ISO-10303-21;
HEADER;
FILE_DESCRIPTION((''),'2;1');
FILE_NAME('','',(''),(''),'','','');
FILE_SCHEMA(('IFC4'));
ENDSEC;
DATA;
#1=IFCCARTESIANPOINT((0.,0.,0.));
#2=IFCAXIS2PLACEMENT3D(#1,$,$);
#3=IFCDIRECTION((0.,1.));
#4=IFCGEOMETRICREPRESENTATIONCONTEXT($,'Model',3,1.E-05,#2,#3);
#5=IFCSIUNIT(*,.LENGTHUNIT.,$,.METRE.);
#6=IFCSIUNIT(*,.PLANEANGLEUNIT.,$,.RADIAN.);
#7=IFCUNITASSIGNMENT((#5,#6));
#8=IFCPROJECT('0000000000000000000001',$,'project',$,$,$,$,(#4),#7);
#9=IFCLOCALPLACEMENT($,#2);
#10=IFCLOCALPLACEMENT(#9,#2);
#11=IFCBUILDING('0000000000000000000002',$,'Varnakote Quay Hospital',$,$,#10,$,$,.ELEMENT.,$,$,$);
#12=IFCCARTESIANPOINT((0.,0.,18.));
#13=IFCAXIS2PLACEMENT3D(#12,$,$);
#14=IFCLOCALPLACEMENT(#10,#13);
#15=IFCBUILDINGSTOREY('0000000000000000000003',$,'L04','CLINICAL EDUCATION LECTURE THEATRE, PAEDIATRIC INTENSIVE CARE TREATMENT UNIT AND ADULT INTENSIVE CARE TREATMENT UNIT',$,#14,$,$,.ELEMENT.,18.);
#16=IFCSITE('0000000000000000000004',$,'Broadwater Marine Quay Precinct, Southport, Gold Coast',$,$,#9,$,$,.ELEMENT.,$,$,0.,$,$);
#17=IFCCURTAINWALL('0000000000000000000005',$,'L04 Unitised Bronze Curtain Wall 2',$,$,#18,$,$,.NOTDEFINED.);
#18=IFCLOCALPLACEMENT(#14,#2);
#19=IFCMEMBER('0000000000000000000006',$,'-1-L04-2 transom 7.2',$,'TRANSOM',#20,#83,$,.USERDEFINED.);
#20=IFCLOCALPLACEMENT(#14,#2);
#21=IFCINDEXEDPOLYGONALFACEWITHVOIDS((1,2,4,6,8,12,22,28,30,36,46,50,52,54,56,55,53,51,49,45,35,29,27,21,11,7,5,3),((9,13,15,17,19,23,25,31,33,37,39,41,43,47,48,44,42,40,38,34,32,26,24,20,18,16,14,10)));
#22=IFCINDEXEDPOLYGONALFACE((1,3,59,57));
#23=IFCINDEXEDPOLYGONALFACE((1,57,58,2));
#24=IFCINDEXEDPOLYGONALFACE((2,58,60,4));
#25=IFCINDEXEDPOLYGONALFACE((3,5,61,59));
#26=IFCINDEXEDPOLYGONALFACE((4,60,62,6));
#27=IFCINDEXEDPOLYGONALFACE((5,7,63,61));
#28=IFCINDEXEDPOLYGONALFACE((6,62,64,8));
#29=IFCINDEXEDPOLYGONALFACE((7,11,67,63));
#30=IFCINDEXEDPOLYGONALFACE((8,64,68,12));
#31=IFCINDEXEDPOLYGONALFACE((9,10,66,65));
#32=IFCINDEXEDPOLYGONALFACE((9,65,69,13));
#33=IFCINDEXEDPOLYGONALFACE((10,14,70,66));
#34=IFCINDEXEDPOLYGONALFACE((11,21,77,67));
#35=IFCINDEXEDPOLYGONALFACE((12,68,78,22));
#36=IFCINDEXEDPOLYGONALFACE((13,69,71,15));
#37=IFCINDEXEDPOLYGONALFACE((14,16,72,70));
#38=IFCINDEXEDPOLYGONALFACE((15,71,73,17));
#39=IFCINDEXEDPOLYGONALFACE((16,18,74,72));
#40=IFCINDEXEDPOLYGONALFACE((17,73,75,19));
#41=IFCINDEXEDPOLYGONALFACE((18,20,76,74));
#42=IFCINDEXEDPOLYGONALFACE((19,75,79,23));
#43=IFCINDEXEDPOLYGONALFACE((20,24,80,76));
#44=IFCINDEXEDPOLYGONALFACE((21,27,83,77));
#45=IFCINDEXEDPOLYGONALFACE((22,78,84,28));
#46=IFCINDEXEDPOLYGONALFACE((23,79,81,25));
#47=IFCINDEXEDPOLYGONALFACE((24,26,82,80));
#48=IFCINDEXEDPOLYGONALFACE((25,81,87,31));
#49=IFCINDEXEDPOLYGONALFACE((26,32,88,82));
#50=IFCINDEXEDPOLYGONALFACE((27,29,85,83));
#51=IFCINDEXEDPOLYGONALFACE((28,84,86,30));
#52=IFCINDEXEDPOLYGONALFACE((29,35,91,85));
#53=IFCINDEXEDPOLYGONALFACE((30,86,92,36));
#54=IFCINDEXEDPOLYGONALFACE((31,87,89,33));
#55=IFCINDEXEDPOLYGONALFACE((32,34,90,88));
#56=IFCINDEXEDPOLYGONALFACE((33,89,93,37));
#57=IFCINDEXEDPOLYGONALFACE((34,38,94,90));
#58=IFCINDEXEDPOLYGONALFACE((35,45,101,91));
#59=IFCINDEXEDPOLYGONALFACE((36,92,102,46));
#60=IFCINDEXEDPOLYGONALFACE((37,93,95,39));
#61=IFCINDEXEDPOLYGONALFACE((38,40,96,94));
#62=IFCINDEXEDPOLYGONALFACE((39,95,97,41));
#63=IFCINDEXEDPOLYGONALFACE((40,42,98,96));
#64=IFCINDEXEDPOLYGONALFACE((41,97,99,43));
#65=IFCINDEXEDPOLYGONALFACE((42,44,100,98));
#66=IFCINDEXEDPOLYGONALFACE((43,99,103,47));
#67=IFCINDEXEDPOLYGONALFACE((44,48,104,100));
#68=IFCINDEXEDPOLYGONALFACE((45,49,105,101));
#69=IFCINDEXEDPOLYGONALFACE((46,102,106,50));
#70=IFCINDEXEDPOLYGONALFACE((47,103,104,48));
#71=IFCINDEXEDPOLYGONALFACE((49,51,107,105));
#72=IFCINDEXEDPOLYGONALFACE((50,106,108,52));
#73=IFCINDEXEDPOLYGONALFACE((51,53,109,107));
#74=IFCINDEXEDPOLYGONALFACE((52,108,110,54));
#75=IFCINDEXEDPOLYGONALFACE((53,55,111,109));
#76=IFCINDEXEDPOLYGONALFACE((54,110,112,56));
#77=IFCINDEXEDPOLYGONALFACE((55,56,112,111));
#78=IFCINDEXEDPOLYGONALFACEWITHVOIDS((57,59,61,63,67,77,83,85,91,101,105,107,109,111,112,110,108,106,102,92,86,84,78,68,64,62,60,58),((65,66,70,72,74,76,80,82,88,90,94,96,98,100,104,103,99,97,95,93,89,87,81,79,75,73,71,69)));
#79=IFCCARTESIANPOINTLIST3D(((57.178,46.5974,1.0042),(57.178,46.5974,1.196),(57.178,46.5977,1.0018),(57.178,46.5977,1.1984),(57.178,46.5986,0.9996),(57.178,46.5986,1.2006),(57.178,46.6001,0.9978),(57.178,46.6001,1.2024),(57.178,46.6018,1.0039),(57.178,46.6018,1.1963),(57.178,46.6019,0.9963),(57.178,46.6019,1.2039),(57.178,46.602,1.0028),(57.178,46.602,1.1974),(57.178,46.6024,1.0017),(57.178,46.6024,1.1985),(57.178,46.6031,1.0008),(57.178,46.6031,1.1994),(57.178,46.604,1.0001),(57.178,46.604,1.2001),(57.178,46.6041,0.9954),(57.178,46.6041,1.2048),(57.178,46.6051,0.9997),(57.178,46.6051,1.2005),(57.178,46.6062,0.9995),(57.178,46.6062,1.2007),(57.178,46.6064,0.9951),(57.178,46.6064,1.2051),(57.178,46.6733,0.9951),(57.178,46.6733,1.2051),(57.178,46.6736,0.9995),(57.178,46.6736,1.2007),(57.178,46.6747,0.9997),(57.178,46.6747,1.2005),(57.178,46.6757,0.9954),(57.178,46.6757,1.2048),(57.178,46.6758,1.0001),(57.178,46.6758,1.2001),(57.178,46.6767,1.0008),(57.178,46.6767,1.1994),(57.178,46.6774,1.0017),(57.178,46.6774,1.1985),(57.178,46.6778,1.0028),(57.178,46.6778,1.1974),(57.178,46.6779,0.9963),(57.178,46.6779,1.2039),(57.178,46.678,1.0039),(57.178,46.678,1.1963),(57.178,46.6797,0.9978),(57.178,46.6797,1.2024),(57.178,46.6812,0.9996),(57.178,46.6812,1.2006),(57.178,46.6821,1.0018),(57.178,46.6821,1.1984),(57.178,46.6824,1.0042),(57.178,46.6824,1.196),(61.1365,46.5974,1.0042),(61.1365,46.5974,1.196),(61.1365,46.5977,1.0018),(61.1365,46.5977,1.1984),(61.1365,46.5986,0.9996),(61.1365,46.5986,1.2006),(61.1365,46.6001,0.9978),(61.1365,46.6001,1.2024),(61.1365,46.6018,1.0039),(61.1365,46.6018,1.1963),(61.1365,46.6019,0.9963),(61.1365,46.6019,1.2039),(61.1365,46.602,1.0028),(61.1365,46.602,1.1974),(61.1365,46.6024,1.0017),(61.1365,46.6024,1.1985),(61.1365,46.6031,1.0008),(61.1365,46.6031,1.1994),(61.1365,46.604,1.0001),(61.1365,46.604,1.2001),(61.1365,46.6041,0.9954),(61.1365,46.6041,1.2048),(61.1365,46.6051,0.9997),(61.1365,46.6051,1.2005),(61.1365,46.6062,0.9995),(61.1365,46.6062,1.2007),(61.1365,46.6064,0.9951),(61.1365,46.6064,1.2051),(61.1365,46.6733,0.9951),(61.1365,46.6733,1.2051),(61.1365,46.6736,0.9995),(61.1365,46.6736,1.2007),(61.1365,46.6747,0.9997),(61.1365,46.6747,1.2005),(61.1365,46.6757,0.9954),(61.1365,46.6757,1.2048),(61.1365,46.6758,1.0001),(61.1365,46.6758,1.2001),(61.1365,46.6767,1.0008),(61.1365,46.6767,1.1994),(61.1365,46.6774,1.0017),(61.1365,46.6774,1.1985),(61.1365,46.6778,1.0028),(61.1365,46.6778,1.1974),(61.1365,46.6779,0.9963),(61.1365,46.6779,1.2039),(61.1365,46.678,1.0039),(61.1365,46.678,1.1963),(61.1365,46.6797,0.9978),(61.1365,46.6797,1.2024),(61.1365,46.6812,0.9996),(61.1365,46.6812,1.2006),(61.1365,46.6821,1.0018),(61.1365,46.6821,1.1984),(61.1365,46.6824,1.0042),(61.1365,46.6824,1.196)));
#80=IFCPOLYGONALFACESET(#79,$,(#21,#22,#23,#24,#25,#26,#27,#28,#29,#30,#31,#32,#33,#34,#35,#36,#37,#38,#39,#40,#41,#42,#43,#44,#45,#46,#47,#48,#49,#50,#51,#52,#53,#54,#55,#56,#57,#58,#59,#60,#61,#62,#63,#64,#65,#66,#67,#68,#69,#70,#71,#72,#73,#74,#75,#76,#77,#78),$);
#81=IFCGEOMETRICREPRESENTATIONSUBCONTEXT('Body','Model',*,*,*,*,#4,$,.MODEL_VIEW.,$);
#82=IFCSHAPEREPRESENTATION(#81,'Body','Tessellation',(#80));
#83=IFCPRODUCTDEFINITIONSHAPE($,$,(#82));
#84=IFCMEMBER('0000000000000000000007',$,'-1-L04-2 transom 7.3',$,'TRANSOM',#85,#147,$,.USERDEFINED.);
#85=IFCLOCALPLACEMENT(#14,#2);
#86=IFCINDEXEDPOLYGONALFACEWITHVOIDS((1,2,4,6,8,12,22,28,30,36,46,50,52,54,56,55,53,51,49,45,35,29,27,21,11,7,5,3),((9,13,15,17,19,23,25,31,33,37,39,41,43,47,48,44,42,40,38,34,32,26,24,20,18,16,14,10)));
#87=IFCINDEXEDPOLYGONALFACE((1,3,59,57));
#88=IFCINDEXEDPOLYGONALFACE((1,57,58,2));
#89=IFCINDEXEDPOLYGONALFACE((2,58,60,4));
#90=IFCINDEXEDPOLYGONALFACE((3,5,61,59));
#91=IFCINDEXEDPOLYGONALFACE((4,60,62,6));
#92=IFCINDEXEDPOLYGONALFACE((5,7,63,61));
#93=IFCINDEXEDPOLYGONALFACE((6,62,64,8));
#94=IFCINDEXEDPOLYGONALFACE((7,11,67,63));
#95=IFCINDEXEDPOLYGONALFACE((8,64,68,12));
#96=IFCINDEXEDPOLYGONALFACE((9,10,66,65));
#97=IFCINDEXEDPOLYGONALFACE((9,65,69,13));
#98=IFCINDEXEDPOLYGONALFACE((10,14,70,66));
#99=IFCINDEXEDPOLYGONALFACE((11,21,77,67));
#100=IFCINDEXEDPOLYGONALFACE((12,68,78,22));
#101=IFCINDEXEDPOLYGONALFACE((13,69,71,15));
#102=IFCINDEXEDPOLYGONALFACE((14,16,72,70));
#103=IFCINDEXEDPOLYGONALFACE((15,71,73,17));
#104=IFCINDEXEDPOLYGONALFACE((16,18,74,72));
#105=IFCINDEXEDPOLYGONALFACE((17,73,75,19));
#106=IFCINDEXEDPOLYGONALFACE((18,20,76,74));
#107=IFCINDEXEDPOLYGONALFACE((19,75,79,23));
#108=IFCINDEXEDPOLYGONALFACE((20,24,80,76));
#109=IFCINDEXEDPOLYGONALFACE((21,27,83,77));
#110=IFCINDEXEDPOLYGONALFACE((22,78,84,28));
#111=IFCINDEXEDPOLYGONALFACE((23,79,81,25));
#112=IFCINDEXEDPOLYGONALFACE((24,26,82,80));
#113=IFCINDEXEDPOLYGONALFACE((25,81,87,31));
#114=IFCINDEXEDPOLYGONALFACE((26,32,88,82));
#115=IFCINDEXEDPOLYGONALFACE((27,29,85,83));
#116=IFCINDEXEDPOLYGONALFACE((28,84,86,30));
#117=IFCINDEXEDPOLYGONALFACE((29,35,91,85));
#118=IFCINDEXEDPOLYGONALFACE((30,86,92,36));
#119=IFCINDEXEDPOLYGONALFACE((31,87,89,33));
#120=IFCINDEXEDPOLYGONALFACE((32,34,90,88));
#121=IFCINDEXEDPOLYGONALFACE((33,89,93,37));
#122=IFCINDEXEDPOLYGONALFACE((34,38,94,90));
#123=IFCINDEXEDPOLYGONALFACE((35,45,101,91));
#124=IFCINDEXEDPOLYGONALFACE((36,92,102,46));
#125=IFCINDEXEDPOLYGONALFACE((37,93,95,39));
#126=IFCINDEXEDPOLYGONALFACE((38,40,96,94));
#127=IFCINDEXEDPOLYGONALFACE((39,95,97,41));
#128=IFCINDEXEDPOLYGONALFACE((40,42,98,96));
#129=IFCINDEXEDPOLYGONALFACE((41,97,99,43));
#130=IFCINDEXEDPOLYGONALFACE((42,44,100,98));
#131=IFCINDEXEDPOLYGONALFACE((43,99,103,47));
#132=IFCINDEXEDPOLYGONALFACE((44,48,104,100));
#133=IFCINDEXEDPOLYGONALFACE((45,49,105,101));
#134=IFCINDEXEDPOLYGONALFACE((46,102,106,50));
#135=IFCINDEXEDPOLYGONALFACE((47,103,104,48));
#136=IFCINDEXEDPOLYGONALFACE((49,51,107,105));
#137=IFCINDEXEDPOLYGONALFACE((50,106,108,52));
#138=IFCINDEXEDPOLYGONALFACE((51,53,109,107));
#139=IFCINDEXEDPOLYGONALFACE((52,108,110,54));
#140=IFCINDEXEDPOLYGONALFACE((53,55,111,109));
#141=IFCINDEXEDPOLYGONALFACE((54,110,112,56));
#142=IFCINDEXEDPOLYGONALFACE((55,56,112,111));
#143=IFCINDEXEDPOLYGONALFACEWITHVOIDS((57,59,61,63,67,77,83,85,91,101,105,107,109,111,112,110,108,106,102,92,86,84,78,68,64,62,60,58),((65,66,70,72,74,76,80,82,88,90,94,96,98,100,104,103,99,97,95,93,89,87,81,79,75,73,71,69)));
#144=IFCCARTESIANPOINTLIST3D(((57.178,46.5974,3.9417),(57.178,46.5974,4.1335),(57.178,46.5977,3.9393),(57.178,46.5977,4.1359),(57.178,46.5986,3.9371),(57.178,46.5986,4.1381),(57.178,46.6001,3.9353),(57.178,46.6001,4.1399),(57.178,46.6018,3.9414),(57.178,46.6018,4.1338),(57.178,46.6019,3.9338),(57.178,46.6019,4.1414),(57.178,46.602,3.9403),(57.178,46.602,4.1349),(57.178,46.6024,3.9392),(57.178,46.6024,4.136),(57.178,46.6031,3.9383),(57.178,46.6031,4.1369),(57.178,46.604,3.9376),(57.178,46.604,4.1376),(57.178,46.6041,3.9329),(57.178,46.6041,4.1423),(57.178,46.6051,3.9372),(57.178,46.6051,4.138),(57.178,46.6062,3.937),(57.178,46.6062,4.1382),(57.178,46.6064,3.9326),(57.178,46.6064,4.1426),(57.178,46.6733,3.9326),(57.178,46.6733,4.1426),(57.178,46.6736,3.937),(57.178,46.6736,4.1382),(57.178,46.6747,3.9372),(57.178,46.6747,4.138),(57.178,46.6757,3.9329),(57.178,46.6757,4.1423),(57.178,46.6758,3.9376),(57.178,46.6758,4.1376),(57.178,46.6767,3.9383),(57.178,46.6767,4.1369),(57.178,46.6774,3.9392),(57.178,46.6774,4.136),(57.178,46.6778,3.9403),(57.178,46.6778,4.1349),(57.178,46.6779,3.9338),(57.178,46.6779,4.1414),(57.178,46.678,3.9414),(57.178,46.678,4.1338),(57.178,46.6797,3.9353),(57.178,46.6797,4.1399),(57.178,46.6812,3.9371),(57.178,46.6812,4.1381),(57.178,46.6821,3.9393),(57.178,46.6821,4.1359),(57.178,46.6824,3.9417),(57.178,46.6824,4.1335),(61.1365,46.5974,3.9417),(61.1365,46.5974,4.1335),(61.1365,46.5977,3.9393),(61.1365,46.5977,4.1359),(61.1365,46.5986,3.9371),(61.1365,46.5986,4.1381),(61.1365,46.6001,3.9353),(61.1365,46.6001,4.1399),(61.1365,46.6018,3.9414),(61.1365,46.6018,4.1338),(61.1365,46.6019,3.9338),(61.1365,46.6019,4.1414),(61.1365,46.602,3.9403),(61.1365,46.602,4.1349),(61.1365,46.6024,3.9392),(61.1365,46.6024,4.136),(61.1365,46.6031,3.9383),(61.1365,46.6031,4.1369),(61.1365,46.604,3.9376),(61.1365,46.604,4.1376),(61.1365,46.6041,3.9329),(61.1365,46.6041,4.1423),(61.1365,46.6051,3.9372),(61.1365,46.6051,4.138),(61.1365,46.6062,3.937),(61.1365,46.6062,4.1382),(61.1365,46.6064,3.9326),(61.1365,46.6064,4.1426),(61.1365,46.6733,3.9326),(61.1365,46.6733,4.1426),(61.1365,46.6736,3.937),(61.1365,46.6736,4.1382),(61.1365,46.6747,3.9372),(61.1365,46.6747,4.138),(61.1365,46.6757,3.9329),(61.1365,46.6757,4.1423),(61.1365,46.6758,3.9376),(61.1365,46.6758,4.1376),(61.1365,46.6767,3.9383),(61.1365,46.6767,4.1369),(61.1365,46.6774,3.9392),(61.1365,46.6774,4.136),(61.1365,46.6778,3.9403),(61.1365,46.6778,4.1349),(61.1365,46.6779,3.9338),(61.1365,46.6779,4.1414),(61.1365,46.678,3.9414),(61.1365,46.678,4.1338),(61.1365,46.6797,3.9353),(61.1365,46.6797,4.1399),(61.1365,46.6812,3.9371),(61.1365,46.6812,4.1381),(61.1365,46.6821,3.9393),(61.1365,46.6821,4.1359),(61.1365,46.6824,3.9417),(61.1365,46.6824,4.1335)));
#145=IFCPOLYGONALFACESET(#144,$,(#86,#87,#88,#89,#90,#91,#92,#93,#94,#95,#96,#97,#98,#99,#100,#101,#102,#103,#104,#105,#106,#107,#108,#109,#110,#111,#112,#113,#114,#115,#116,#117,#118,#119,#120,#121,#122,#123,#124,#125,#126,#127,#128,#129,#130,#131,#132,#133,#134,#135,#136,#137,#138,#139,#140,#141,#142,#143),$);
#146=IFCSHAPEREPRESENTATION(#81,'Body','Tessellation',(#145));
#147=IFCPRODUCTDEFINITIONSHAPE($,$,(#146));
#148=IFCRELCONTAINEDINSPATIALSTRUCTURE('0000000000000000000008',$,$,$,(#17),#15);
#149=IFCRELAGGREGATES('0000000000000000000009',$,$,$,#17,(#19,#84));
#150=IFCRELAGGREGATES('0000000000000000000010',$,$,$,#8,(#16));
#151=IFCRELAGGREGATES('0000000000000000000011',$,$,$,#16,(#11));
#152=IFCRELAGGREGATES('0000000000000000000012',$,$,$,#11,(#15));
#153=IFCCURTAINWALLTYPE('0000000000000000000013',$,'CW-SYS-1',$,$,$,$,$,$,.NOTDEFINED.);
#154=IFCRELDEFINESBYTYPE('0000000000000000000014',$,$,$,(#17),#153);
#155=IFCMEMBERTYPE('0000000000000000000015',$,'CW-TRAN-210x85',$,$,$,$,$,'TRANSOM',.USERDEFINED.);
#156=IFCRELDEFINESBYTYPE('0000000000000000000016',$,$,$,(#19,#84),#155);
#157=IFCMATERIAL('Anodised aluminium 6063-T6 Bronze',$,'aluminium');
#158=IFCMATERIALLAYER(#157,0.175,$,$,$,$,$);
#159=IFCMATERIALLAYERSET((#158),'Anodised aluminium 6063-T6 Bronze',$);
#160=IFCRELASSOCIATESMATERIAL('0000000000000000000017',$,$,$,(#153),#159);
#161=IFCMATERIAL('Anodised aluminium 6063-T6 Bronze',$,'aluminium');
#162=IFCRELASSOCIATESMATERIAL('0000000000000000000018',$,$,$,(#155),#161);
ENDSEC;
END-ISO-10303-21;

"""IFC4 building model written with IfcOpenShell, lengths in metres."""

from ifc_helpers import new_model, si_unit, direction, frame, origin, origin_2d, place, context, subcontext, project, spatial, hollow_rectangle, extrude, material, layer, layer_set, material_profile, profile_set, type_object, element, aggregate, save


model = new_model("IFC4")

# Units and contexts
model_context = context("Model", 3, precision=1e-05, world=origin(), true_north=direction((0.0, 1.0)))
body_context = subcontext(model_context, "Body", "Model", "MODEL_VIEW")
ifc_project = project(units=[si_unit("LENGTHUNIT", "METRE"), si_unit("PLANEANGLEUNIT", "RADIAN")], contexts=[model_context])

# Site, building, storey
site_placement = place(None, origin())
site = spatial("IfcSite", under=ifc_project, at=site_placement, Name="Broadwater Marine Quay Precinct, Southport, Gold Coast", CompositionType="ELEMENT", RefElevation=0.0)
building_placement = place(site_placement, origin())
building = spatial("IfcBuilding", under=site, at=building_placement, Name="Varnakote Quay Hospital", CompositionType="ELEMENT")
storey_placement = place(building_placement, frame((0.0, 0.0, 18.0)))
storey = spatial("IfcBuildingStorey", under=building, at=storey_placement, Name="L04", Description="CLINICAL EDUCATION LECTURE THEATRE, PAEDIATRIC INTENSIVE CARE TREATMENT UNIT AND ADULT INTENSIVE CARE TREATMENT UNIT", CompositionType="ELEMENT", Elevation=18.0)

# Curtain wall, members
ifc_material_1 = material(Name="Anodised aluminium 6063-T6 Bronze", Category="aluminium")
ifc_layer_1 = layer(ifc_material_1, 0.175)
ifc_layer_set_1 = layer_set([ifc_layer_1], Name="Anodised aluminium 6063-T6 Bronze")
curtain_wall_type = type_object("IfcCurtainWallType", Name="CW-SYS-1", PredefinedType="NOTDEFINED", material=ifc_layer_set_1)
curtain_wall_placement = place(storey_placement, origin())
curtain_wall = element("IfcCurtainWall", 1, at=curtain_wall_placement, inside=storey, type_object=curtain_wall_type, Name="L04 Unitised Bronze Curtain Wall 2", PredefinedType="NOTDEFINED")
ifc_material_2 = material(Name="Anodised aluminium 6063-T6 Bronze", Category="aluminium")
ifc_material_profile_1 = material_profile(ifc_material_2, hollow_rectangle(XDim=0.085, YDim=0.21, WallThickness=0.0044, InnerFilletRadius=0.0044, OuterFilletRadius=0.009, at=origin_2d()), Name="CW-TRAN-210x85")
ifc_profile_set_1 = profile_set([ifc_material_profile_1], Name="Anodised aluminium 6063-T6 Bronze")
member_type_1 = type_object("IfcMemberType", Name="CW-TRAN-210x85", ElementType="TRANSOM", PredefinedType="USERDEFINED", material=ifc_profile_set_1)
member_1_placement = place(storey_placement, frame((61.1365, 46.6399, 1.1001), z_axis=(-1.0, 0.0, 0.0), x_axis=(0.0, -1.0, 0.0)))
member_1 = element("IfcMember", 2, at=member_1_placement, type_object=member_type_1, Name="-1-L04-2 transom 7.2", ObjectType="TRANSOM", PredefinedType="USERDEFINED", context=body_context, shape_type="SweptSolid", body=[
    extrude(hollow_rectangle(XDim=0.085, YDim=0.21, WallThickness=0.0044, InnerFilletRadius=0.0044, OuterFilletRadius=0.009, at=origin_2d()), origin(), (0.0, 0.0, 1.0), 3.9585),
])
member_2_placement = place(storey_placement, frame((61.1365, 46.6399, 4.0376), z_axis=(-1.0, 0.0, 0.0), x_axis=(0.0, -1.0, 0.0)))
member_2 = element("IfcMember", 3, at=member_2_placement, type_object=member_type_1, Name="-1-L04-2 transom 7.3", ObjectType="TRANSOM", PredefinedType="USERDEFINED", context=body_context, shape_type="SweptSolid", body=[
    extrude(hollow_rectangle(XDim=0.085, YDim=0.21, WallThickness=0.0044, InnerFilletRadius=0.0044, OuterFilletRadius=0.009, at=origin_2d()), origin(), (0.0, 0.0, 1.0), 3.9585),
])

aggregate(curtain_wall, [member_1, member_2])

save(model, "model.ifc")
